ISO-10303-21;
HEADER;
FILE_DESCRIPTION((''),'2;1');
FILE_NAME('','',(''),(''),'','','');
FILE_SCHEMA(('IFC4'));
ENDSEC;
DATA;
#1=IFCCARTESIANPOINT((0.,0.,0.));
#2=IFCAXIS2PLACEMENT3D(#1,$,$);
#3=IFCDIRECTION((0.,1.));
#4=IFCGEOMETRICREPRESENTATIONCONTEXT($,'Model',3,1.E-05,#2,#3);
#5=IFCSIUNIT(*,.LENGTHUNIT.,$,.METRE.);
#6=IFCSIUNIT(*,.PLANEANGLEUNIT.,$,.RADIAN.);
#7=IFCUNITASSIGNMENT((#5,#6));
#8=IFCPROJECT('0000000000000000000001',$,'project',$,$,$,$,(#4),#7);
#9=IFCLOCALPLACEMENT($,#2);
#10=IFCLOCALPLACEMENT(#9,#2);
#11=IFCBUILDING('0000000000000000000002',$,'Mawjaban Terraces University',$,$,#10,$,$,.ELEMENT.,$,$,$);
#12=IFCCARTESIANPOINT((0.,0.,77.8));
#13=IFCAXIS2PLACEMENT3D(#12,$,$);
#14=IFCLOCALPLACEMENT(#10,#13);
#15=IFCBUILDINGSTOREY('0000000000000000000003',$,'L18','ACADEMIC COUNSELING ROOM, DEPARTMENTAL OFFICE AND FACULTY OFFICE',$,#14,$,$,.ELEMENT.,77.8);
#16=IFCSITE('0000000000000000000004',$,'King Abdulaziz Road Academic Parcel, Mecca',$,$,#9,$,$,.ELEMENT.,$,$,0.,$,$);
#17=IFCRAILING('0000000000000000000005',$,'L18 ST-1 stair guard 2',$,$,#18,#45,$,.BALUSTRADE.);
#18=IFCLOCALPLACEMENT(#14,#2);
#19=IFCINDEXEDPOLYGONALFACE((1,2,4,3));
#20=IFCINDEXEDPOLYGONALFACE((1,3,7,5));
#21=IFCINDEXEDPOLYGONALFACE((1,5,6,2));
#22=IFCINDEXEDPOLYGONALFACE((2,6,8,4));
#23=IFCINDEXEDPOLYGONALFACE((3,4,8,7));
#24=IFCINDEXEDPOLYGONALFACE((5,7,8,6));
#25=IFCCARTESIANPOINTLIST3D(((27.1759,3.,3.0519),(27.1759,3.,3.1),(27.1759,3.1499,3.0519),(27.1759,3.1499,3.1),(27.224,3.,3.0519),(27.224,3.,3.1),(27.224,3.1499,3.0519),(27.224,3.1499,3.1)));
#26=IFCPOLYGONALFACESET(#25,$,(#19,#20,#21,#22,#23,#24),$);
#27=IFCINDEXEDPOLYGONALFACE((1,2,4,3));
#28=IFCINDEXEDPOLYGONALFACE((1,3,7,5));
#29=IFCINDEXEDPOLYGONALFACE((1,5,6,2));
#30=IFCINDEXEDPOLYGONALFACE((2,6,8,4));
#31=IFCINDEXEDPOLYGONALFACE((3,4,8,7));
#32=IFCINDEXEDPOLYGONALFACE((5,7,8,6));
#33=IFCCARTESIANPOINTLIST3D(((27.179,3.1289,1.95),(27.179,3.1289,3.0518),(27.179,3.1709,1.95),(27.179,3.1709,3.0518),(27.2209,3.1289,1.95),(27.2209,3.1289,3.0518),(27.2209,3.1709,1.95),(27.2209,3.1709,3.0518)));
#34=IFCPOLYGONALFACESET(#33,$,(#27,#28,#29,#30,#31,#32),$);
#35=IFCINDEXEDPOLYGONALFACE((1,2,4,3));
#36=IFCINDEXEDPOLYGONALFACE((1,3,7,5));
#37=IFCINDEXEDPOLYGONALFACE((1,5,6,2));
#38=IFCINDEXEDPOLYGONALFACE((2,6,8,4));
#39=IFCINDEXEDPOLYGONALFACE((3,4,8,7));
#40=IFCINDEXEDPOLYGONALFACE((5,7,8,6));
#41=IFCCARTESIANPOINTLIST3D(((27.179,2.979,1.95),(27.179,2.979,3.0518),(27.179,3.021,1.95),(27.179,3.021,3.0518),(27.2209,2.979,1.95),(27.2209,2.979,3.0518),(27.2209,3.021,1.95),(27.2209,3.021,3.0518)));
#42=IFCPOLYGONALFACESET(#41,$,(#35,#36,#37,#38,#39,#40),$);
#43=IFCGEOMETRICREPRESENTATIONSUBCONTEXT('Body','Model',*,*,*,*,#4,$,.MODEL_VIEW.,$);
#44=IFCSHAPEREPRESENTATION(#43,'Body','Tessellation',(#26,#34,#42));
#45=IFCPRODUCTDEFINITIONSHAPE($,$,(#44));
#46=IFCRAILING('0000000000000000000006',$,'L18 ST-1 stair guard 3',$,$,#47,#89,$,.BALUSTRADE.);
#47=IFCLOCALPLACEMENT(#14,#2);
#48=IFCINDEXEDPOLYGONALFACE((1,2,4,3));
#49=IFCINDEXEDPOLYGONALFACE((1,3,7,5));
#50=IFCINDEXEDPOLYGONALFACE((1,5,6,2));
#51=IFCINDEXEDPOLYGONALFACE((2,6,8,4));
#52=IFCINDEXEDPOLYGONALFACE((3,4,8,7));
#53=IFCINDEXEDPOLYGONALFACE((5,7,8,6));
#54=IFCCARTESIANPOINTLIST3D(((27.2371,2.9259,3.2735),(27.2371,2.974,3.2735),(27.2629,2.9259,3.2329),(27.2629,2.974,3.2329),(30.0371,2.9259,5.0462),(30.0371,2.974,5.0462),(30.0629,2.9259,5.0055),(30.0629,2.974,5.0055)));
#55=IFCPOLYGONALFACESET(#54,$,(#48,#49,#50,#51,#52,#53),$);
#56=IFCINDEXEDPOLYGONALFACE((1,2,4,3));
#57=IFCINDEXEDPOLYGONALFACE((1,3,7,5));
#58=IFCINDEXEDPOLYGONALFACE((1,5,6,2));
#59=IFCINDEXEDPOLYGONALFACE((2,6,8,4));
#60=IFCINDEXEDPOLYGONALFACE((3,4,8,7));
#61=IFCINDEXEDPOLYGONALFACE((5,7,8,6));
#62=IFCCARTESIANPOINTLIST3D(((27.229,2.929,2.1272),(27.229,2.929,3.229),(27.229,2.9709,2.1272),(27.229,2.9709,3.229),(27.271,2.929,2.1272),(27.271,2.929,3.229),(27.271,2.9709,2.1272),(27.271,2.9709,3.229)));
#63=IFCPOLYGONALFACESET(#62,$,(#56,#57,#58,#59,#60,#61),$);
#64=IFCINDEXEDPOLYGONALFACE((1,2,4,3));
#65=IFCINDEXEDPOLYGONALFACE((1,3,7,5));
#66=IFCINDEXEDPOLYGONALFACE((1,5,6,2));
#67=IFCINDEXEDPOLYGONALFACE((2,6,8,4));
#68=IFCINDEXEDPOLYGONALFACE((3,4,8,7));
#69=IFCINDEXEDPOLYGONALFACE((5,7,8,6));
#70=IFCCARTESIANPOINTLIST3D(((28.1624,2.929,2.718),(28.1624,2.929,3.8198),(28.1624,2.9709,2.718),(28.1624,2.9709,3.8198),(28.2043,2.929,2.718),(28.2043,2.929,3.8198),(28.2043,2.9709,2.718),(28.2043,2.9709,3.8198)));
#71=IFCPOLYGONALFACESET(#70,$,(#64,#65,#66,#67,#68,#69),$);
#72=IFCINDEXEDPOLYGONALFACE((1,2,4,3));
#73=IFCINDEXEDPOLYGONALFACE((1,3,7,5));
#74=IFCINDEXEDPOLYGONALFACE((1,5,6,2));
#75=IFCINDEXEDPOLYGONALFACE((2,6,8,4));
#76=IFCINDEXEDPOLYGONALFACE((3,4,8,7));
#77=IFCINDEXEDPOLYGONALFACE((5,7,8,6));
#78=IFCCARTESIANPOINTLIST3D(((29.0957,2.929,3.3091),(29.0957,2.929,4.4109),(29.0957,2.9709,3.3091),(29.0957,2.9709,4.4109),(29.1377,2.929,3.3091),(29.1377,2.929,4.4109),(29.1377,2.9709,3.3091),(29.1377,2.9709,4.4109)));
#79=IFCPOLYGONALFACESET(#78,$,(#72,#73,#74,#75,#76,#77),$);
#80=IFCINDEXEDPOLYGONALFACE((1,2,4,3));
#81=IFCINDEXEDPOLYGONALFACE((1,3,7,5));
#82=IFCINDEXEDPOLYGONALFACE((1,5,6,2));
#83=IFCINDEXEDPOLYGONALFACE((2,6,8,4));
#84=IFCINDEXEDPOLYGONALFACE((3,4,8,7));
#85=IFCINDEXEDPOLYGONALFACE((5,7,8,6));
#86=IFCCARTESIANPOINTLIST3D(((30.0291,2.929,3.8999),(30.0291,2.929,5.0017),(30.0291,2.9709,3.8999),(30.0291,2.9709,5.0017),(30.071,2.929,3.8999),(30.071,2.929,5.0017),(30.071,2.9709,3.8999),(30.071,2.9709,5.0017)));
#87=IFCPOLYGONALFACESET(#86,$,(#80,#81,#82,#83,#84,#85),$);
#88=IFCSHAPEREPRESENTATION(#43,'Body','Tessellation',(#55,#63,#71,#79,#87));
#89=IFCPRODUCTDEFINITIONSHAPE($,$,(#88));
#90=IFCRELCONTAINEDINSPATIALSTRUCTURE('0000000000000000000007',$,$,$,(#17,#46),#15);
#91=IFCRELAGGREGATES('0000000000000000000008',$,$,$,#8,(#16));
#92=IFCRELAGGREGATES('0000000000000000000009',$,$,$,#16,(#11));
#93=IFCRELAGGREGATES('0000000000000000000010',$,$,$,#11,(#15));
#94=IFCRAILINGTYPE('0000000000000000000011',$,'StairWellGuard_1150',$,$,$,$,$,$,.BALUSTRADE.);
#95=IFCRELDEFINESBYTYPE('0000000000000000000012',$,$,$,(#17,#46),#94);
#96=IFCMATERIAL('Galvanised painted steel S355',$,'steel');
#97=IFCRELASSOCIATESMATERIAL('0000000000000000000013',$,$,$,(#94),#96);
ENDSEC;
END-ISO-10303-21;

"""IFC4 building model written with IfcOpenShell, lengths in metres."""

from ifc_helpers import new_model, si_unit, direction, frame, origin, origin_2d, place, context, subcontext, project, spatial, rectangle, extrude, material, type_object, element, save


model = new_model("IFC4")

# Units and contexts
model_context = context("Model", 3, precision=1e-05, world=origin(), true_north=direction((0.0, 1.0)))
body_context = subcontext(model_context, "Body", "Model", "MODEL_VIEW")
ifc_project = project(units=[si_unit("LENGTHUNIT", "METRE"), si_unit("PLANEANGLEUNIT", "RADIAN")], contexts=[model_context])

# Site, building, storey
site_placement = place(None, origin())
site = spatial("IfcSite", under=ifc_project, at=site_placement, Name="King Abdulaziz Road Academic Parcel, Mecca", CompositionType="ELEMENT", RefElevation=0.0)
building_placement = place(site_placement, origin())
building = spatial("IfcBuilding", under=site, at=building_placement, Name="Mawjaban Terraces University", CompositionType="ELEMENT")
storey_placement = place(building_placement, frame((0.0, 0.0, 77.8)))
storey = spatial("IfcBuildingStorey", under=building, at=storey_placement, Name="L18", Description="ACADEMIC COUNSELING ROOM, DEPARTMENTAL OFFICE AND FACULTY OFFICE", CompositionType="ELEMENT", Elevation=77.8)

# Railings
ifc_material_1 = material(Name="Galvanised painted steel S355", Category="steel")
railing_type_1 = type_object("IfcRailingType", Name="StairWellGuard_1150", PredefinedType="BALUSTRADE", material=ifc_material_1)
railing_1_placement = place(storey_placement, frame((27.2, 3.1499, 1.95)))
element("IfcRailing", 1, at=railing_1_placement, inside=storey, type_object=railing_type_1, Name="L18 ST-1 stair guard 2", PredefinedType="BALUSTRADE", context=body_context, shape_type="SweptSolid", body=[
    extrude(rectangle(XDim=0.0481, YDim=0.0481, at=origin_2d()), frame((0.0, 0.0, 1.126), z_axis=(0.0, -1.0, 0.0), x_axis=(1.0, 0.0, 0.0)), (0.0, 0.0, 1.0), 0.1499),
    extrude(rectangle(XDim=0.042, YDim=0.042, at=origin_2d()), origin(), (0.0, 0.0, 1.0), 1.1018),
    extrude(rectangle(XDim=0.042, YDim=0.042, at=origin_2d()), frame((0.0, -0.1499, 0.0)), (0.0, 0.0, 1.0), 1.1018),
])
railing_2_placement = place(storey_placement, frame((27.25, 2.95, 2.1272)))
element("IfcRailing", 2, at=railing_2_placement, inside=storey, type_object=railing_type_1, Name="L18 ST-1 stair guard 3", PredefinedType="BALUSTRADE", context=body_context, shape_type="SweptSolid", body=[
    extrude(rectangle(XDim=0.0481, YDim=0.0481, at=origin_2d()), frame((0.0, 0.0, 1.126), z_axis=(0.844909, 0.0, 0.53491), x_axis=(0.0, 1.0, 0.0)), (0.0, 0.0, 1.0), 3.314),
    extrude(rectangle(XDim=0.042, YDim=0.042, at=origin_2d()), origin(), (0.0, 0.0, 1.0), 1.1018),
    extrude(rectangle(XDim=0.042, YDim=0.042, at=origin_2d()), frame((0.9333, 0.0, 0.5908)), (0.0, 0.0, 1.0), 1.1018),
    extrude(rectangle(XDim=0.042, YDim=0.042, at=origin_2d()), frame((1.8667, 0.0, 1.1819)), (0.0, 0.0, 1.0), 1.1018),
    extrude(rectangle(XDim=0.042, YDim=0.042, at=origin_2d()), frame((2.8, 0.0, 1.7727)), (0.0, 0.0, 1.0), 1.1018),
])

save(model, "model.ifc")
